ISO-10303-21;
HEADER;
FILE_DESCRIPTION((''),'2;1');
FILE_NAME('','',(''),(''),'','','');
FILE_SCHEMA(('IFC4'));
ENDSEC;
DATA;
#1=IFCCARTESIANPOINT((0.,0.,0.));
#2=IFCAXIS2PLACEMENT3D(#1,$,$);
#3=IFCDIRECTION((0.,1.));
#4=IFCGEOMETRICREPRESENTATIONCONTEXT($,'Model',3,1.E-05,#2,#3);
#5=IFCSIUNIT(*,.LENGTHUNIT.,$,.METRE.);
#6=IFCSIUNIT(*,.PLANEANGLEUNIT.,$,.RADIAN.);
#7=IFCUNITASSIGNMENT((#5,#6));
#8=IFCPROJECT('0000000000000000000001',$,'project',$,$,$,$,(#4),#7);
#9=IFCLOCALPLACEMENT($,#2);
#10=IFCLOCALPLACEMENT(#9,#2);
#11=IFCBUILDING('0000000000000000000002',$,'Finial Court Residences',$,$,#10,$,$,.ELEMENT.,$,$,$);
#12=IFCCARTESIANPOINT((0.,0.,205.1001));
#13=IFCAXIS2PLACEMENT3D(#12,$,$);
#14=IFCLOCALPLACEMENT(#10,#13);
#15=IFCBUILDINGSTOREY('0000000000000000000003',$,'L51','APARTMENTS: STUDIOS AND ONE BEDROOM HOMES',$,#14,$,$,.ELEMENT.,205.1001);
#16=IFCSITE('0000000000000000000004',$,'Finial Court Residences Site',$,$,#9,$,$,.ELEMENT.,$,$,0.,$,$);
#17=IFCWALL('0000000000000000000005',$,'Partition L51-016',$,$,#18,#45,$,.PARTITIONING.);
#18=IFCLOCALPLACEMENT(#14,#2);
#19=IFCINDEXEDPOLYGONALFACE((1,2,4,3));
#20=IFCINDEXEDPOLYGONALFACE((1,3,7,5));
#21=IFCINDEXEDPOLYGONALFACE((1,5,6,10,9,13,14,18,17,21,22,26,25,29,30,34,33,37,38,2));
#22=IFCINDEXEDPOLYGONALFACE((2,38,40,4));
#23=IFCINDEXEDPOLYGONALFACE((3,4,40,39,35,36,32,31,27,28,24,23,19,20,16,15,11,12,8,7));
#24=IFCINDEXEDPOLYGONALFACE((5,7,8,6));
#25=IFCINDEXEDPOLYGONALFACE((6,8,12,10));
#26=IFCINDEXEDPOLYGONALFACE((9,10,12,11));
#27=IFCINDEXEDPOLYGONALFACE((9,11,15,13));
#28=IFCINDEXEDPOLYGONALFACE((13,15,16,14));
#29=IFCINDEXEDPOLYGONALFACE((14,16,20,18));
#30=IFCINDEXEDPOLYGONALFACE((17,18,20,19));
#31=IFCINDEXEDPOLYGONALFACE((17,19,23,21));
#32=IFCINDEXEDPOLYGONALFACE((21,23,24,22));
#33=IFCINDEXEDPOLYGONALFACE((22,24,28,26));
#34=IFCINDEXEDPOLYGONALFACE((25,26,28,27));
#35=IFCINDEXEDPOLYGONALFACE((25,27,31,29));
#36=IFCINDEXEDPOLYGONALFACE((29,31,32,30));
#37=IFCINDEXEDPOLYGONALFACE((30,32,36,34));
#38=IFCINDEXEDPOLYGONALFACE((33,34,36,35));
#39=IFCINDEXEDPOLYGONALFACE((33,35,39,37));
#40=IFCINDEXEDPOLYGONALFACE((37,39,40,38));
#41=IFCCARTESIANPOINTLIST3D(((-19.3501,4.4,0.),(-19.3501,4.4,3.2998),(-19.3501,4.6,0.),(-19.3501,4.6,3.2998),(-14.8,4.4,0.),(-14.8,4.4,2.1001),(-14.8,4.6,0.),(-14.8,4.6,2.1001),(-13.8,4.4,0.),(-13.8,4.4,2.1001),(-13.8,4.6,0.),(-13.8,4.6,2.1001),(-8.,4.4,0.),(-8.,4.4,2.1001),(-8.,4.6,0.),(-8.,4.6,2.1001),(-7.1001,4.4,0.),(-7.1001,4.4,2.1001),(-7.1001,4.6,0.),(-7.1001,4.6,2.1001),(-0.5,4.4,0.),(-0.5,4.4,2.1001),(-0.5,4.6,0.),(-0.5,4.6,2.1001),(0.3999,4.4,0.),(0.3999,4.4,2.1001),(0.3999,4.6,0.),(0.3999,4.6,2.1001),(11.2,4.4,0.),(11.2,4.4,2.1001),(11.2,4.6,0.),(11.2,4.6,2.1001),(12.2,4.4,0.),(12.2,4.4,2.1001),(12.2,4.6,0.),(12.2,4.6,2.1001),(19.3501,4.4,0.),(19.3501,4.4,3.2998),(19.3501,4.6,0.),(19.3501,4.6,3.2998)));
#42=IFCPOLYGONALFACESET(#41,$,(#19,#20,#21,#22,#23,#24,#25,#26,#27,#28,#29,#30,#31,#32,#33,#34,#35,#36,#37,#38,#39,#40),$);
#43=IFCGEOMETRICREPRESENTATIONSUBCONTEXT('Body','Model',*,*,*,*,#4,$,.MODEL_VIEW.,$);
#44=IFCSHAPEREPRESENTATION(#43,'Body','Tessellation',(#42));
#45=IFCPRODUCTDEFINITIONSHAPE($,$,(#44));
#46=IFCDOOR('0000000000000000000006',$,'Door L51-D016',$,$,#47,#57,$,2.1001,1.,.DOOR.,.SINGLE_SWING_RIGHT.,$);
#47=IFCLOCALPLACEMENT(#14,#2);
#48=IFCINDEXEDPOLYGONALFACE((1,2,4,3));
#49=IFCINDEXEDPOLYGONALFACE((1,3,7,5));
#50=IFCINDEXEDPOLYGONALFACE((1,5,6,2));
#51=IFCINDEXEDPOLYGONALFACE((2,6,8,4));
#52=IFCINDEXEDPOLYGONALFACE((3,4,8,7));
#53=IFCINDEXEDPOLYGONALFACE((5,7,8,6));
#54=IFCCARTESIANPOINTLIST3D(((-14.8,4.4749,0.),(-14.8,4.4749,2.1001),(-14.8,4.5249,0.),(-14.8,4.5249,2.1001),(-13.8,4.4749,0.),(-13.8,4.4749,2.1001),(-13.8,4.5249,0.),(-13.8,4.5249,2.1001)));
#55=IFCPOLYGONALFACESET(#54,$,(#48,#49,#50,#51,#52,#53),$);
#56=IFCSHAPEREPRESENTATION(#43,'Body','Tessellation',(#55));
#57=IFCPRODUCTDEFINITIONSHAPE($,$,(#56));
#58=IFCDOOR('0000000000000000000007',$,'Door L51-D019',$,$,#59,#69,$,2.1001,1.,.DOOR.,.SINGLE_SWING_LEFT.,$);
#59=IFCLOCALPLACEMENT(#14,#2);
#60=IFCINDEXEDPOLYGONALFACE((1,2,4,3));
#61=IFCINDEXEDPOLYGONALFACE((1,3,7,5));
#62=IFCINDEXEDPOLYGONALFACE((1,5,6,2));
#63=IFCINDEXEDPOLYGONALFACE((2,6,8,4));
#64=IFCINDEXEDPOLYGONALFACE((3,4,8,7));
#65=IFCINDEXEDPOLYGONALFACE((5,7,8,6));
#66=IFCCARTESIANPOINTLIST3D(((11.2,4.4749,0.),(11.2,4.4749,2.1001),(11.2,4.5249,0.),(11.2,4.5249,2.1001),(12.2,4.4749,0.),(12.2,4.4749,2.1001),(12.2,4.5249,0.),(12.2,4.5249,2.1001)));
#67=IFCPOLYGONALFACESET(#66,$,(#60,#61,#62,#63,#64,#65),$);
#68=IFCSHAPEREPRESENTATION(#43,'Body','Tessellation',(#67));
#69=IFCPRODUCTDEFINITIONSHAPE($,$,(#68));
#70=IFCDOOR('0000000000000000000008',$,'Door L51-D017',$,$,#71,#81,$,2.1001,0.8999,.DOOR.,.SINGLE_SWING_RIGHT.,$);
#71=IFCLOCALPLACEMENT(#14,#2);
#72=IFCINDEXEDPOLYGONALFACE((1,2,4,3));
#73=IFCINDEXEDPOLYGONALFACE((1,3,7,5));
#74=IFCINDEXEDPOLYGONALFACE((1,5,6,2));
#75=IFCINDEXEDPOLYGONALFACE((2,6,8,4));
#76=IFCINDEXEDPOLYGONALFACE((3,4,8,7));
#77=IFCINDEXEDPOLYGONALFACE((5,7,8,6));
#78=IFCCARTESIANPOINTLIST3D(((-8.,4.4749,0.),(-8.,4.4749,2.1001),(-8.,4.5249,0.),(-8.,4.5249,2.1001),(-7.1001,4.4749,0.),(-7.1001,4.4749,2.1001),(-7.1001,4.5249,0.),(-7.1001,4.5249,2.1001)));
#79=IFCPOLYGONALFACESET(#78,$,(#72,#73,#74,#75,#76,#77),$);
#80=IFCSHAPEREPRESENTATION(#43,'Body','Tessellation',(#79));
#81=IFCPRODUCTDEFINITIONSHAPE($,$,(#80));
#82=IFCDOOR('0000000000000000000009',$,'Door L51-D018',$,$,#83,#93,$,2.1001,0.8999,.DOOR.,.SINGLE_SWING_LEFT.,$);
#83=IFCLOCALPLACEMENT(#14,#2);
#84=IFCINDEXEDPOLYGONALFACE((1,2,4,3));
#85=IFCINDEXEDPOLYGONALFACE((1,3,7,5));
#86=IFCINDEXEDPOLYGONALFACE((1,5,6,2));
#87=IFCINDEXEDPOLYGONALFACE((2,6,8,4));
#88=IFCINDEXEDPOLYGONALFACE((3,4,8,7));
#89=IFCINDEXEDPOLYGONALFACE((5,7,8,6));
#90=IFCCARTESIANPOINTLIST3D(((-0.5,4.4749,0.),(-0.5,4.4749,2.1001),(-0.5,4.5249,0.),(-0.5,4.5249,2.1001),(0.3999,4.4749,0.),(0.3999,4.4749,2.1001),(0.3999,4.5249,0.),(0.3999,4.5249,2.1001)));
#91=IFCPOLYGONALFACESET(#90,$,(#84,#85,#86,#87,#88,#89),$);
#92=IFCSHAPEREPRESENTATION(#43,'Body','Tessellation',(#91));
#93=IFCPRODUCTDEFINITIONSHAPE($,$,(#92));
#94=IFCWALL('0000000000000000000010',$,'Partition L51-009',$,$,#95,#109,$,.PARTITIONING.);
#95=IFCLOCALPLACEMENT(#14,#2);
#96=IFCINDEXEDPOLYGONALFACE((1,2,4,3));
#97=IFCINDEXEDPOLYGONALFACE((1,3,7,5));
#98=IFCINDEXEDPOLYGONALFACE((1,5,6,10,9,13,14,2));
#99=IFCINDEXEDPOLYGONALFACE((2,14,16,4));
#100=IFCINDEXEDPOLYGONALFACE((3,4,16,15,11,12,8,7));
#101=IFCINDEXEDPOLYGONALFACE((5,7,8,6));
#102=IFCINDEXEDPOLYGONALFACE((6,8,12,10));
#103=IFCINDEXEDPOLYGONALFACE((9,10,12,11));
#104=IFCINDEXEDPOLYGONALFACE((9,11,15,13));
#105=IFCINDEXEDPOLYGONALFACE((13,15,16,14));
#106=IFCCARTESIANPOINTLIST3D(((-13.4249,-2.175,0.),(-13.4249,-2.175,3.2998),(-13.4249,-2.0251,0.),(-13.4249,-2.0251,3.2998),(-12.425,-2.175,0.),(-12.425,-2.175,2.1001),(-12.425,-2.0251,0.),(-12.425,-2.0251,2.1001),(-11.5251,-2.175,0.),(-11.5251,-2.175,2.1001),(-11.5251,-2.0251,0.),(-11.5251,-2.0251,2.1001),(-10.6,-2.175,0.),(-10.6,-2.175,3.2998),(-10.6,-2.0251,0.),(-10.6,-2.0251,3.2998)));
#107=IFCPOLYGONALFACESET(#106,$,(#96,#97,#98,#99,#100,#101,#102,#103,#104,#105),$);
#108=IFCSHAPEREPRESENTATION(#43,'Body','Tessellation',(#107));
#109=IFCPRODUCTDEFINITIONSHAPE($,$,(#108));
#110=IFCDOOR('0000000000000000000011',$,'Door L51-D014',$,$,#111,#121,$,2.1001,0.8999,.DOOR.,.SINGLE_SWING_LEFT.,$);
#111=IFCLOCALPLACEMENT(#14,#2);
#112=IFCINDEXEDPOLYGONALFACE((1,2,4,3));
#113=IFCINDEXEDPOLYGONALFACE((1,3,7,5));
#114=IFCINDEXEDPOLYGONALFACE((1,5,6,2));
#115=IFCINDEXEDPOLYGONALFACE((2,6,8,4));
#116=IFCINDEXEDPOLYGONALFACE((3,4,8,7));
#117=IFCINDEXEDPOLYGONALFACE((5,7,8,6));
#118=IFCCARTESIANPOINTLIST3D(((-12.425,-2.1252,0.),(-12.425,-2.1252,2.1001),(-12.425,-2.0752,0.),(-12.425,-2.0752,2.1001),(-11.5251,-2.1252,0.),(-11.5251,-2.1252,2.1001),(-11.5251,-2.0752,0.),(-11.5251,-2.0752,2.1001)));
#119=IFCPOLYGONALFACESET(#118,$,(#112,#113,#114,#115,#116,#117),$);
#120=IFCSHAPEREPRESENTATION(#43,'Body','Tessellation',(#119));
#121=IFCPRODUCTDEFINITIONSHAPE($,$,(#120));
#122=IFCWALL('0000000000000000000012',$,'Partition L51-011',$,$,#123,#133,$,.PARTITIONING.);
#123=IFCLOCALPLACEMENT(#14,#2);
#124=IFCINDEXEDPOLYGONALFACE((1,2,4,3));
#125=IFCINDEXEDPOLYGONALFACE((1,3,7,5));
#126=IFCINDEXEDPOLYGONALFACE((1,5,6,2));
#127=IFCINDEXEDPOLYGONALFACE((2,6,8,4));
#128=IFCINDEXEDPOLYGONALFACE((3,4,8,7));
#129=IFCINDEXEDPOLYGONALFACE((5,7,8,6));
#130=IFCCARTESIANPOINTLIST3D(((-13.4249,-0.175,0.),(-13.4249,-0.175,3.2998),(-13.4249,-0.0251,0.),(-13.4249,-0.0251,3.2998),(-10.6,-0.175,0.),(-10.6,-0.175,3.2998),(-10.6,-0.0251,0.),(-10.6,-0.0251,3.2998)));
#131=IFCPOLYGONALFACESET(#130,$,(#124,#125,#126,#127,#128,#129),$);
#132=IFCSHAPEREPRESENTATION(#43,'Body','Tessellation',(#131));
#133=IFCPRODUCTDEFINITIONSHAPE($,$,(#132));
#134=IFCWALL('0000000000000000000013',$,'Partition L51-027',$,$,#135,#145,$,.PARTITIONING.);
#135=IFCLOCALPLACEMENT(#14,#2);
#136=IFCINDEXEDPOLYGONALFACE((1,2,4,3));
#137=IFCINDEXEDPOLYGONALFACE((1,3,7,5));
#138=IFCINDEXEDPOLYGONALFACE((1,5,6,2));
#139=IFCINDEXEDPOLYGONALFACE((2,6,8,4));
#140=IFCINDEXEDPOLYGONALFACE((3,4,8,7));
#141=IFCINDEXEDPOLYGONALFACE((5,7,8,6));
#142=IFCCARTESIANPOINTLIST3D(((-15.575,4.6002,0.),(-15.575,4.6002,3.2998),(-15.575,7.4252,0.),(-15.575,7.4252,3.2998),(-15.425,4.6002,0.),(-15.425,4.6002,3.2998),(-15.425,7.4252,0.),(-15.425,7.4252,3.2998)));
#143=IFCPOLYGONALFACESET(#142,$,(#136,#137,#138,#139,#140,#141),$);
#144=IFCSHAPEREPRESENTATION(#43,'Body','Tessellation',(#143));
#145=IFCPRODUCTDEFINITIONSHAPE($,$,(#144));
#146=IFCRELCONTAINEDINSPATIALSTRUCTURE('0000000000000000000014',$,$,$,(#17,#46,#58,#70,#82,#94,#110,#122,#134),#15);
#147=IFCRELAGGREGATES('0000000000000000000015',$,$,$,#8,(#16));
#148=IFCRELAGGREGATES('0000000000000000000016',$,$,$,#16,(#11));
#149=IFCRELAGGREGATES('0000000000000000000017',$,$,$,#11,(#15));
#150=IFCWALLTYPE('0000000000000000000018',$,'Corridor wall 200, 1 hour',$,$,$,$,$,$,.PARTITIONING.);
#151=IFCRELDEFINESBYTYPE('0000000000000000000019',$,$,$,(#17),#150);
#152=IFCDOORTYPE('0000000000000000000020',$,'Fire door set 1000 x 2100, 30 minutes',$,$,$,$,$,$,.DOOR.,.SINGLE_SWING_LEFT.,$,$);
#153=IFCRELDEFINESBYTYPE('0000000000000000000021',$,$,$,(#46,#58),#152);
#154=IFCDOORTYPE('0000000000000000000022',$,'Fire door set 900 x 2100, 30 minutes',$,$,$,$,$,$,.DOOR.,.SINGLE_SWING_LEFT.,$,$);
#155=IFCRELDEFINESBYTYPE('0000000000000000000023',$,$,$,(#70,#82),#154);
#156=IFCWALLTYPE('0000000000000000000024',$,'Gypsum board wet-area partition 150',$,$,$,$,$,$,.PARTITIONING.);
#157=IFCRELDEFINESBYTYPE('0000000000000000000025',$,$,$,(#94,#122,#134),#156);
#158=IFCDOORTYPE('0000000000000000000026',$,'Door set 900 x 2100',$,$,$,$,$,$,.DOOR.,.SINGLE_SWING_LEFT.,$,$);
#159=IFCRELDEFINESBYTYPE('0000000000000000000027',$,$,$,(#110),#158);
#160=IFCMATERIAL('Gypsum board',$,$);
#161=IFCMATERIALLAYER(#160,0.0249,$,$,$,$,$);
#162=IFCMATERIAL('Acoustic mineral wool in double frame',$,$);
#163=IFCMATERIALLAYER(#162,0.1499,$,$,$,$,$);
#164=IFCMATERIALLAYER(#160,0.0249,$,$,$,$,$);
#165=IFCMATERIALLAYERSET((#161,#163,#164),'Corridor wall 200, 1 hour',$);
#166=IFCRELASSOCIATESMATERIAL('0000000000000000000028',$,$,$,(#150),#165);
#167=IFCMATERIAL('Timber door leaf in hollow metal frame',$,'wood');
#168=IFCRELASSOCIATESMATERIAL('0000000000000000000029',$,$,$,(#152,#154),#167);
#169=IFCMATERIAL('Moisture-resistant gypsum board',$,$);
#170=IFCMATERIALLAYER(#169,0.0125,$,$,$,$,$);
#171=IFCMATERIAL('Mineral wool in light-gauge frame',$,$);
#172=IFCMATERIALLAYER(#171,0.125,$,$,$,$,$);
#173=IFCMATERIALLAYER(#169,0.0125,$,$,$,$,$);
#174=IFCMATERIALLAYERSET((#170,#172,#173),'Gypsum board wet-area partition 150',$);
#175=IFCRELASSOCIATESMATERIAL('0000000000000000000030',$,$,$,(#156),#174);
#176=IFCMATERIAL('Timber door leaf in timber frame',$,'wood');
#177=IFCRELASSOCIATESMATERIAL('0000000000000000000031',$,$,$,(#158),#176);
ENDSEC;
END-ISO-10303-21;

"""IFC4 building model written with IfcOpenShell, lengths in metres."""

from ifc_helpers import new_model, si_unit, direction, frame, frame_2d, origin, place, context, subcontext, project, spatial, rectangle, extrude, material, layer, layer_set, type_object, element, fill, save


model = new_model("IFC4")

# Units and contexts
model_context = context("Model", 3, precision=1e-05, world=origin(), true_north=direction((0.0, 1.0)))
body_context = subcontext(model_context, "Body", "Model", "MODEL_VIEW")
ifc_project = project(units=[si_unit("LENGTHUNIT", "METRE"), si_unit("PLANEANGLEUNIT", "RADIAN")], contexts=[model_context])

# Site, building, storey
site_placement = place(None, origin())
site = spatial("IfcSite", under=ifc_project, at=site_placement, Name="Finial Court Residences Site", CompositionType="ELEMENT", RefElevation=0.0)
building_placement = place(site_placement, origin())
building = spatial("IfcBuilding", under=site, at=building_placement, Name="Finial Court Residences", CompositionType="ELEMENT")
storey_placement = place(building_placement, frame((0.0, 0.0, 205.1001)))
storey = spatial("IfcBuildingStorey", under=building, at=storey_placement, Name="L51", Description="APARTMENTS: STUDIOS AND ONE BEDROOM HOMES", CompositionType="ELEMENT", Elevation=205.1001)

# Shared definitions
ifc_material_1 = material(Name="Gypsum board")
ifc_layer_1 = layer(ifc_material_1, 0.0249)
ifc_material_2 = material(Name="Acoustic mineral wool in double frame")
ifc_layer_2 = layer(ifc_material_2, 0.1499)
ifc_layer_3 = layer(ifc_material_1, 0.0249)
ifc_layer_set_1 = layer_set([ifc_layer_1, ifc_layer_2, ifc_layer_3], Name="Corridor wall 200, 1 hour")
wall_type_1 = type_object("IfcWallType", Name="Corridor wall 200, 1 hour", PredefinedType="PARTITIONING", material=ifc_layer_set_1)

# Wall, openings, doors
wall_1_placement = place(storey_placement, frame((-19.3501, 4.5, 0.0), z_axis=(0.0, 0.0, 1.0), x_axis=(1.0, 0.0, 0.0)))
wall_1 = element("IfcWall", 1, at=wall_1_placement, inside=storey, type_object=wall_type_1, Name="Partition L51-016", PredefinedType="PARTITIONING", context=body_context, shape_type="SweptSolid", body=[
    extrude(rectangle(XDim=38.7002, YDim=0.2, at=frame_2d((19.3501, 0.0))), origin(), (0.0, 0.0, 1.0), 3.2998),
])
opening_1_placement = place(wall_1_placement, frame((4.55, 0.0, 0.0)))
opening_1 = element("IfcOpeningElement", 2, at=opening_1_placement, cuts=wall_1, PredefinedType="OPENING", context=body_context, shape_type="SweptSolid", body=[
    extrude(rectangle(XDim=1.0, YDim=2.1001, at=frame_2d((0.5, 1.05))), frame((0.0, 0.1099, 0.0), z_axis=(0.0, -1.0, 0.0), x_axis=(1.0, 0.0, 0.0)), (0.0, 0.0, 1.0), 0.22),
])
opening_2_placement = place(wall_1_placement, frame((11.3501, 0.0, 0.0)))
opening_2 = element("IfcOpeningElement", 3, at=opening_2_placement, cuts=wall_1, PredefinedType="OPENING", context=body_context, shape_type="SweptSolid", body=[
    extrude(rectangle(XDim=0.8999, YDim=2.1001, at=frame_2d((0.45, 1.05))), frame((0.0, 0.1099, 0.0), z_axis=(0.0, -1.0, 0.0), x_axis=(1.0, 0.0, 0.0)), (0.0, 0.0, 1.0), 0.22),
])
opening_3_placement = place(wall_1_placement, frame((18.8501, 0.0, 0.0)))
opening_3 = element("IfcOpeningElement", 4, at=opening_3_placement, cuts=wall_1, PredefinedType="OPENING", context=body_context, shape_type="SweptSolid", body=[
    extrude(rectangle(XDim=0.8999, YDim=2.1001, at=frame_2d((0.45, 1.05))), frame((0.0, 0.1099, 0.0), z_axis=(0.0, -1.0, 0.0), x_axis=(1.0, 0.0, 0.0)), (0.0, 0.0, 1.0), 0.22),
])
opening_4_placement = place(wall_1_placement, frame((30.55, 0.0, 0.0)))
opening_4 = element("IfcOpeningElement", 5, at=opening_4_placement, cuts=wall_1, PredefinedType="OPENING", context=body_context, shape_type="SweptSolid", body=[
    extrude(rectangle(XDim=1.0, YDim=2.1001, at=frame_2d((0.5, 1.05))), frame((0.0, 0.1099, 0.0), z_axis=(0.0, -1.0, 0.0), x_axis=(1.0, 0.0, 0.0)), (0.0, 0.0, 1.0), 0.22),
])
ifc_material_3 = material(Name="Timber door leaf in hollow metal frame", Category="wood")
door_type_1 = type_object("IfcDoorType", Name="Fire door set 1000 x 2100, 30 minutes", OperationType="SINGLE_SWING_LEFT", PredefinedType="DOOR", material=ifc_material_3)
door_1_placement = place(opening_1_placement, origin())
door_1 = element("IfcDoor", 6, at=door_1_placement, inside=storey, type_object=door_type_1, Name="Door L51-D016", OperationType="SINGLE_SWING_RIGHT", OverallHeight=2.1001, OverallWidth=1.0, PredefinedType="DOOR", context=body_context, shape_type="SweptSolid", body=[
    extrude(rectangle(XDim=1.0, YDim=2.1001, at=frame_2d((0.5, 1.05))), frame((0.0, 0.0249, 0.0), z_axis=(0.0, -1.0, 0.0), x_axis=(1.0, 0.0, 0.0)), (0.0, 0.0, 1.0), 0.05),
])
fill(opening_1, door_1)
door_2_placement = place(opening_4_placement, origin())
door_2 = element("IfcDoor", 7, at=door_2_placement, inside=storey, type_object=door_type_1, Name="Door L51-D019", OperationType="SINGLE_SWING_LEFT", OverallHeight=2.1001, OverallWidth=1.0, PredefinedType="DOOR", context=body_context, shape_type="SweptSolid", body=[
    extrude(rectangle(XDim=1.0, YDim=2.1001, at=frame_2d((0.5, 1.05))), frame((0.0, 0.0249, 0.0), z_axis=(0.0, -1.0, 0.0), x_axis=(1.0, 0.0, 0.0)), (0.0, 0.0, 1.0), 0.05),
])
fill(opening_4, door_2)
door_type_2 = type_object("IfcDoorType", Name="Fire door set 900 x 2100, 30 minutes", OperationType="SINGLE_SWING_LEFT", PredefinedType="DOOR", material=ifc_material_3)
door_3_placement = place(opening_2_placement, origin())
door_3 = element("IfcDoor", 8, at=door_3_placement, inside=storey, type_object=door_type_2, Name="Door L51-D017", OperationType="SINGLE_SWING_RIGHT", OverallHeight=2.1001, OverallWidth=0.8999, PredefinedType="DOOR", context=body_context, shape_type="SweptSolid", body=[
    extrude(rectangle(XDim=0.8999, YDim=2.1001, at=frame_2d((0.45, 1.05))), frame((0.0, 0.0249, 0.0), z_axis=(0.0, -1.0, 0.0), x_axis=(1.0, 0.0, 0.0)), (0.0, 0.0, 1.0), 0.05),
])
fill(opening_2, door_3)
door_4_placement = place(opening_3_placement, origin())
door_4 = element("IfcDoor", 9, at=door_4_placement, inside=storey, type_object=door_type_2, Name="Door L51-D018", OperationType="SINGLE_SWING_LEFT", OverallHeight=2.1001, OverallWidth=0.8999, PredefinedType="DOOR", context=body_context, shape_type="SweptSolid", body=[
    extrude(rectangle(XDim=0.8999, YDim=2.1001, at=frame_2d((0.45, 1.05))), frame((0.0, 0.0249, 0.0), z_axis=(0.0, -1.0, 0.0), x_axis=(1.0, 0.0, 0.0)), (0.0, 0.0, 1.0), 0.05),
])
fill(opening_3, door_4)

# Wall, opening, door
ifc_material_4 = material(Name="Moisture-resistant gypsum board")
ifc_layer_4 = layer(ifc_material_4, 0.0125)
ifc_material_5 = material(Name="Mineral wool in light-gauge frame")
ifc_layer_5 = layer(ifc_material_5, 0.125)
ifc_layer_6 = layer(ifc_material_4, 0.0125)
ifc_layer_set_2 = layer_set([ifc_layer_4, ifc_layer_5, ifc_layer_6], Name="Gypsum board wet-area partition 150")
wall_type_2 = type_object("IfcWallType", Name="Gypsum board wet-area partition 150", PredefinedType="PARTITIONING", material=ifc_layer_set_2)
wall_2_placement = place(storey_placement, frame((-13.425, -2.1001, 0.0), z_axis=(0.0, 0.0, 1.0), x_axis=(1.0, 0.0, 0.0)))
wall_2 = element("IfcWall", 10, at=wall_2_placement, inside=storey, type_object=wall_type_2, Name="Partition L51-009", PredefinedType="PARTITIONING", context=body_context, shape_type="SweptSolid", body=[
    extrude(rectangle(XDim=2.825, YDim=0.1499, at=frame_2d((1.4126, 0.0))), origin(), (0.0, 0.0, 1.0), 3.2998),
])
opening_5_placement = place(wall_2_placement, frame((1.0, 0.0, 0.0)))
opening_5 = element("IfcOpeningElement", 11, at=opening_5_placement, cuts=wall_2, PredefinedType="OPENING", context=body_context, shape_type="SweptSolid", body=[
    extrude(rectangle(XDim=0.8999, YDim=2.1001, at=frame_2d((0.45, 1.05))), frame((0.0, 0.085, 0.0), z_axis=(0.0, -1.0, 0.0), x_axis=(1.0, 0.0, 0.0)), (0.0, 0.0, 1.0), 0.1699),
])
ifc_material_6 = material(Name="Timber door leaf in timber frame", Category="wood")
door_type_3 = type_object("IfcDoorType", Name="Door set 900 x 2100", OperationType="SINGLE_SWING_LEFT", PredefinedType="DOOR", material=ifc_material_6)
door_5_placement = place(opening_5_placement, origin())
door_5 = element("IfcDoor", 12, at=door_5_placement, inside=storey, type_object=door_type_3, Name="Door L51-D014", OperationType="SINGLE_SWING_LEFT", OverallHeight=2.1001, OverallWidth=0.8999, PredefinedType="DOOR", context=body_context, shape_type="SweptSolid", body=[
    extrude(rectangle(XDim=0.8999, YDim=2.1001, at=frame_2d((0.45, 1.05))), frame((0.0, 0.0249, 0.0), z_axis=(0.0, -1.0, 0.0), x_axis=(1.0, 0.0, 0.0)), (0.0, 0.0, 1.0), 0.05),
])
fill(opening_5, door_5)

# Walls
for number, where, z_axis, x_axis, name in (
    (13, (-13.425, -0.1001, 0.0), (0.0, 0.0, 1.0), (1.0, 0.0, 0.0), "Partition L51-011"),
    (14, (-15.5, 4.6001, 0.0), (0.0, 0.0, 1.0), (0.0, 1.0, 0.0), "Partition L51-027"),
):
    element("IfcWall", number, at=place(storey_placement, frame(where, z_axis=z_axis, x_axis=x_axis)), inside=storey, type_object=wall_type_2, Name=name, PredefinedType="PARTITIONING", context=body_context, shape_type="SweptSolid", body=[
        extrude(rectangle(XDim=2.825, YDim=0.1499, at=frame_2d((1.4126, 0.0))), origin(), (0.0, 0.0, 1.0), 3.2998),
    ])

save(model, "model.ifc")
